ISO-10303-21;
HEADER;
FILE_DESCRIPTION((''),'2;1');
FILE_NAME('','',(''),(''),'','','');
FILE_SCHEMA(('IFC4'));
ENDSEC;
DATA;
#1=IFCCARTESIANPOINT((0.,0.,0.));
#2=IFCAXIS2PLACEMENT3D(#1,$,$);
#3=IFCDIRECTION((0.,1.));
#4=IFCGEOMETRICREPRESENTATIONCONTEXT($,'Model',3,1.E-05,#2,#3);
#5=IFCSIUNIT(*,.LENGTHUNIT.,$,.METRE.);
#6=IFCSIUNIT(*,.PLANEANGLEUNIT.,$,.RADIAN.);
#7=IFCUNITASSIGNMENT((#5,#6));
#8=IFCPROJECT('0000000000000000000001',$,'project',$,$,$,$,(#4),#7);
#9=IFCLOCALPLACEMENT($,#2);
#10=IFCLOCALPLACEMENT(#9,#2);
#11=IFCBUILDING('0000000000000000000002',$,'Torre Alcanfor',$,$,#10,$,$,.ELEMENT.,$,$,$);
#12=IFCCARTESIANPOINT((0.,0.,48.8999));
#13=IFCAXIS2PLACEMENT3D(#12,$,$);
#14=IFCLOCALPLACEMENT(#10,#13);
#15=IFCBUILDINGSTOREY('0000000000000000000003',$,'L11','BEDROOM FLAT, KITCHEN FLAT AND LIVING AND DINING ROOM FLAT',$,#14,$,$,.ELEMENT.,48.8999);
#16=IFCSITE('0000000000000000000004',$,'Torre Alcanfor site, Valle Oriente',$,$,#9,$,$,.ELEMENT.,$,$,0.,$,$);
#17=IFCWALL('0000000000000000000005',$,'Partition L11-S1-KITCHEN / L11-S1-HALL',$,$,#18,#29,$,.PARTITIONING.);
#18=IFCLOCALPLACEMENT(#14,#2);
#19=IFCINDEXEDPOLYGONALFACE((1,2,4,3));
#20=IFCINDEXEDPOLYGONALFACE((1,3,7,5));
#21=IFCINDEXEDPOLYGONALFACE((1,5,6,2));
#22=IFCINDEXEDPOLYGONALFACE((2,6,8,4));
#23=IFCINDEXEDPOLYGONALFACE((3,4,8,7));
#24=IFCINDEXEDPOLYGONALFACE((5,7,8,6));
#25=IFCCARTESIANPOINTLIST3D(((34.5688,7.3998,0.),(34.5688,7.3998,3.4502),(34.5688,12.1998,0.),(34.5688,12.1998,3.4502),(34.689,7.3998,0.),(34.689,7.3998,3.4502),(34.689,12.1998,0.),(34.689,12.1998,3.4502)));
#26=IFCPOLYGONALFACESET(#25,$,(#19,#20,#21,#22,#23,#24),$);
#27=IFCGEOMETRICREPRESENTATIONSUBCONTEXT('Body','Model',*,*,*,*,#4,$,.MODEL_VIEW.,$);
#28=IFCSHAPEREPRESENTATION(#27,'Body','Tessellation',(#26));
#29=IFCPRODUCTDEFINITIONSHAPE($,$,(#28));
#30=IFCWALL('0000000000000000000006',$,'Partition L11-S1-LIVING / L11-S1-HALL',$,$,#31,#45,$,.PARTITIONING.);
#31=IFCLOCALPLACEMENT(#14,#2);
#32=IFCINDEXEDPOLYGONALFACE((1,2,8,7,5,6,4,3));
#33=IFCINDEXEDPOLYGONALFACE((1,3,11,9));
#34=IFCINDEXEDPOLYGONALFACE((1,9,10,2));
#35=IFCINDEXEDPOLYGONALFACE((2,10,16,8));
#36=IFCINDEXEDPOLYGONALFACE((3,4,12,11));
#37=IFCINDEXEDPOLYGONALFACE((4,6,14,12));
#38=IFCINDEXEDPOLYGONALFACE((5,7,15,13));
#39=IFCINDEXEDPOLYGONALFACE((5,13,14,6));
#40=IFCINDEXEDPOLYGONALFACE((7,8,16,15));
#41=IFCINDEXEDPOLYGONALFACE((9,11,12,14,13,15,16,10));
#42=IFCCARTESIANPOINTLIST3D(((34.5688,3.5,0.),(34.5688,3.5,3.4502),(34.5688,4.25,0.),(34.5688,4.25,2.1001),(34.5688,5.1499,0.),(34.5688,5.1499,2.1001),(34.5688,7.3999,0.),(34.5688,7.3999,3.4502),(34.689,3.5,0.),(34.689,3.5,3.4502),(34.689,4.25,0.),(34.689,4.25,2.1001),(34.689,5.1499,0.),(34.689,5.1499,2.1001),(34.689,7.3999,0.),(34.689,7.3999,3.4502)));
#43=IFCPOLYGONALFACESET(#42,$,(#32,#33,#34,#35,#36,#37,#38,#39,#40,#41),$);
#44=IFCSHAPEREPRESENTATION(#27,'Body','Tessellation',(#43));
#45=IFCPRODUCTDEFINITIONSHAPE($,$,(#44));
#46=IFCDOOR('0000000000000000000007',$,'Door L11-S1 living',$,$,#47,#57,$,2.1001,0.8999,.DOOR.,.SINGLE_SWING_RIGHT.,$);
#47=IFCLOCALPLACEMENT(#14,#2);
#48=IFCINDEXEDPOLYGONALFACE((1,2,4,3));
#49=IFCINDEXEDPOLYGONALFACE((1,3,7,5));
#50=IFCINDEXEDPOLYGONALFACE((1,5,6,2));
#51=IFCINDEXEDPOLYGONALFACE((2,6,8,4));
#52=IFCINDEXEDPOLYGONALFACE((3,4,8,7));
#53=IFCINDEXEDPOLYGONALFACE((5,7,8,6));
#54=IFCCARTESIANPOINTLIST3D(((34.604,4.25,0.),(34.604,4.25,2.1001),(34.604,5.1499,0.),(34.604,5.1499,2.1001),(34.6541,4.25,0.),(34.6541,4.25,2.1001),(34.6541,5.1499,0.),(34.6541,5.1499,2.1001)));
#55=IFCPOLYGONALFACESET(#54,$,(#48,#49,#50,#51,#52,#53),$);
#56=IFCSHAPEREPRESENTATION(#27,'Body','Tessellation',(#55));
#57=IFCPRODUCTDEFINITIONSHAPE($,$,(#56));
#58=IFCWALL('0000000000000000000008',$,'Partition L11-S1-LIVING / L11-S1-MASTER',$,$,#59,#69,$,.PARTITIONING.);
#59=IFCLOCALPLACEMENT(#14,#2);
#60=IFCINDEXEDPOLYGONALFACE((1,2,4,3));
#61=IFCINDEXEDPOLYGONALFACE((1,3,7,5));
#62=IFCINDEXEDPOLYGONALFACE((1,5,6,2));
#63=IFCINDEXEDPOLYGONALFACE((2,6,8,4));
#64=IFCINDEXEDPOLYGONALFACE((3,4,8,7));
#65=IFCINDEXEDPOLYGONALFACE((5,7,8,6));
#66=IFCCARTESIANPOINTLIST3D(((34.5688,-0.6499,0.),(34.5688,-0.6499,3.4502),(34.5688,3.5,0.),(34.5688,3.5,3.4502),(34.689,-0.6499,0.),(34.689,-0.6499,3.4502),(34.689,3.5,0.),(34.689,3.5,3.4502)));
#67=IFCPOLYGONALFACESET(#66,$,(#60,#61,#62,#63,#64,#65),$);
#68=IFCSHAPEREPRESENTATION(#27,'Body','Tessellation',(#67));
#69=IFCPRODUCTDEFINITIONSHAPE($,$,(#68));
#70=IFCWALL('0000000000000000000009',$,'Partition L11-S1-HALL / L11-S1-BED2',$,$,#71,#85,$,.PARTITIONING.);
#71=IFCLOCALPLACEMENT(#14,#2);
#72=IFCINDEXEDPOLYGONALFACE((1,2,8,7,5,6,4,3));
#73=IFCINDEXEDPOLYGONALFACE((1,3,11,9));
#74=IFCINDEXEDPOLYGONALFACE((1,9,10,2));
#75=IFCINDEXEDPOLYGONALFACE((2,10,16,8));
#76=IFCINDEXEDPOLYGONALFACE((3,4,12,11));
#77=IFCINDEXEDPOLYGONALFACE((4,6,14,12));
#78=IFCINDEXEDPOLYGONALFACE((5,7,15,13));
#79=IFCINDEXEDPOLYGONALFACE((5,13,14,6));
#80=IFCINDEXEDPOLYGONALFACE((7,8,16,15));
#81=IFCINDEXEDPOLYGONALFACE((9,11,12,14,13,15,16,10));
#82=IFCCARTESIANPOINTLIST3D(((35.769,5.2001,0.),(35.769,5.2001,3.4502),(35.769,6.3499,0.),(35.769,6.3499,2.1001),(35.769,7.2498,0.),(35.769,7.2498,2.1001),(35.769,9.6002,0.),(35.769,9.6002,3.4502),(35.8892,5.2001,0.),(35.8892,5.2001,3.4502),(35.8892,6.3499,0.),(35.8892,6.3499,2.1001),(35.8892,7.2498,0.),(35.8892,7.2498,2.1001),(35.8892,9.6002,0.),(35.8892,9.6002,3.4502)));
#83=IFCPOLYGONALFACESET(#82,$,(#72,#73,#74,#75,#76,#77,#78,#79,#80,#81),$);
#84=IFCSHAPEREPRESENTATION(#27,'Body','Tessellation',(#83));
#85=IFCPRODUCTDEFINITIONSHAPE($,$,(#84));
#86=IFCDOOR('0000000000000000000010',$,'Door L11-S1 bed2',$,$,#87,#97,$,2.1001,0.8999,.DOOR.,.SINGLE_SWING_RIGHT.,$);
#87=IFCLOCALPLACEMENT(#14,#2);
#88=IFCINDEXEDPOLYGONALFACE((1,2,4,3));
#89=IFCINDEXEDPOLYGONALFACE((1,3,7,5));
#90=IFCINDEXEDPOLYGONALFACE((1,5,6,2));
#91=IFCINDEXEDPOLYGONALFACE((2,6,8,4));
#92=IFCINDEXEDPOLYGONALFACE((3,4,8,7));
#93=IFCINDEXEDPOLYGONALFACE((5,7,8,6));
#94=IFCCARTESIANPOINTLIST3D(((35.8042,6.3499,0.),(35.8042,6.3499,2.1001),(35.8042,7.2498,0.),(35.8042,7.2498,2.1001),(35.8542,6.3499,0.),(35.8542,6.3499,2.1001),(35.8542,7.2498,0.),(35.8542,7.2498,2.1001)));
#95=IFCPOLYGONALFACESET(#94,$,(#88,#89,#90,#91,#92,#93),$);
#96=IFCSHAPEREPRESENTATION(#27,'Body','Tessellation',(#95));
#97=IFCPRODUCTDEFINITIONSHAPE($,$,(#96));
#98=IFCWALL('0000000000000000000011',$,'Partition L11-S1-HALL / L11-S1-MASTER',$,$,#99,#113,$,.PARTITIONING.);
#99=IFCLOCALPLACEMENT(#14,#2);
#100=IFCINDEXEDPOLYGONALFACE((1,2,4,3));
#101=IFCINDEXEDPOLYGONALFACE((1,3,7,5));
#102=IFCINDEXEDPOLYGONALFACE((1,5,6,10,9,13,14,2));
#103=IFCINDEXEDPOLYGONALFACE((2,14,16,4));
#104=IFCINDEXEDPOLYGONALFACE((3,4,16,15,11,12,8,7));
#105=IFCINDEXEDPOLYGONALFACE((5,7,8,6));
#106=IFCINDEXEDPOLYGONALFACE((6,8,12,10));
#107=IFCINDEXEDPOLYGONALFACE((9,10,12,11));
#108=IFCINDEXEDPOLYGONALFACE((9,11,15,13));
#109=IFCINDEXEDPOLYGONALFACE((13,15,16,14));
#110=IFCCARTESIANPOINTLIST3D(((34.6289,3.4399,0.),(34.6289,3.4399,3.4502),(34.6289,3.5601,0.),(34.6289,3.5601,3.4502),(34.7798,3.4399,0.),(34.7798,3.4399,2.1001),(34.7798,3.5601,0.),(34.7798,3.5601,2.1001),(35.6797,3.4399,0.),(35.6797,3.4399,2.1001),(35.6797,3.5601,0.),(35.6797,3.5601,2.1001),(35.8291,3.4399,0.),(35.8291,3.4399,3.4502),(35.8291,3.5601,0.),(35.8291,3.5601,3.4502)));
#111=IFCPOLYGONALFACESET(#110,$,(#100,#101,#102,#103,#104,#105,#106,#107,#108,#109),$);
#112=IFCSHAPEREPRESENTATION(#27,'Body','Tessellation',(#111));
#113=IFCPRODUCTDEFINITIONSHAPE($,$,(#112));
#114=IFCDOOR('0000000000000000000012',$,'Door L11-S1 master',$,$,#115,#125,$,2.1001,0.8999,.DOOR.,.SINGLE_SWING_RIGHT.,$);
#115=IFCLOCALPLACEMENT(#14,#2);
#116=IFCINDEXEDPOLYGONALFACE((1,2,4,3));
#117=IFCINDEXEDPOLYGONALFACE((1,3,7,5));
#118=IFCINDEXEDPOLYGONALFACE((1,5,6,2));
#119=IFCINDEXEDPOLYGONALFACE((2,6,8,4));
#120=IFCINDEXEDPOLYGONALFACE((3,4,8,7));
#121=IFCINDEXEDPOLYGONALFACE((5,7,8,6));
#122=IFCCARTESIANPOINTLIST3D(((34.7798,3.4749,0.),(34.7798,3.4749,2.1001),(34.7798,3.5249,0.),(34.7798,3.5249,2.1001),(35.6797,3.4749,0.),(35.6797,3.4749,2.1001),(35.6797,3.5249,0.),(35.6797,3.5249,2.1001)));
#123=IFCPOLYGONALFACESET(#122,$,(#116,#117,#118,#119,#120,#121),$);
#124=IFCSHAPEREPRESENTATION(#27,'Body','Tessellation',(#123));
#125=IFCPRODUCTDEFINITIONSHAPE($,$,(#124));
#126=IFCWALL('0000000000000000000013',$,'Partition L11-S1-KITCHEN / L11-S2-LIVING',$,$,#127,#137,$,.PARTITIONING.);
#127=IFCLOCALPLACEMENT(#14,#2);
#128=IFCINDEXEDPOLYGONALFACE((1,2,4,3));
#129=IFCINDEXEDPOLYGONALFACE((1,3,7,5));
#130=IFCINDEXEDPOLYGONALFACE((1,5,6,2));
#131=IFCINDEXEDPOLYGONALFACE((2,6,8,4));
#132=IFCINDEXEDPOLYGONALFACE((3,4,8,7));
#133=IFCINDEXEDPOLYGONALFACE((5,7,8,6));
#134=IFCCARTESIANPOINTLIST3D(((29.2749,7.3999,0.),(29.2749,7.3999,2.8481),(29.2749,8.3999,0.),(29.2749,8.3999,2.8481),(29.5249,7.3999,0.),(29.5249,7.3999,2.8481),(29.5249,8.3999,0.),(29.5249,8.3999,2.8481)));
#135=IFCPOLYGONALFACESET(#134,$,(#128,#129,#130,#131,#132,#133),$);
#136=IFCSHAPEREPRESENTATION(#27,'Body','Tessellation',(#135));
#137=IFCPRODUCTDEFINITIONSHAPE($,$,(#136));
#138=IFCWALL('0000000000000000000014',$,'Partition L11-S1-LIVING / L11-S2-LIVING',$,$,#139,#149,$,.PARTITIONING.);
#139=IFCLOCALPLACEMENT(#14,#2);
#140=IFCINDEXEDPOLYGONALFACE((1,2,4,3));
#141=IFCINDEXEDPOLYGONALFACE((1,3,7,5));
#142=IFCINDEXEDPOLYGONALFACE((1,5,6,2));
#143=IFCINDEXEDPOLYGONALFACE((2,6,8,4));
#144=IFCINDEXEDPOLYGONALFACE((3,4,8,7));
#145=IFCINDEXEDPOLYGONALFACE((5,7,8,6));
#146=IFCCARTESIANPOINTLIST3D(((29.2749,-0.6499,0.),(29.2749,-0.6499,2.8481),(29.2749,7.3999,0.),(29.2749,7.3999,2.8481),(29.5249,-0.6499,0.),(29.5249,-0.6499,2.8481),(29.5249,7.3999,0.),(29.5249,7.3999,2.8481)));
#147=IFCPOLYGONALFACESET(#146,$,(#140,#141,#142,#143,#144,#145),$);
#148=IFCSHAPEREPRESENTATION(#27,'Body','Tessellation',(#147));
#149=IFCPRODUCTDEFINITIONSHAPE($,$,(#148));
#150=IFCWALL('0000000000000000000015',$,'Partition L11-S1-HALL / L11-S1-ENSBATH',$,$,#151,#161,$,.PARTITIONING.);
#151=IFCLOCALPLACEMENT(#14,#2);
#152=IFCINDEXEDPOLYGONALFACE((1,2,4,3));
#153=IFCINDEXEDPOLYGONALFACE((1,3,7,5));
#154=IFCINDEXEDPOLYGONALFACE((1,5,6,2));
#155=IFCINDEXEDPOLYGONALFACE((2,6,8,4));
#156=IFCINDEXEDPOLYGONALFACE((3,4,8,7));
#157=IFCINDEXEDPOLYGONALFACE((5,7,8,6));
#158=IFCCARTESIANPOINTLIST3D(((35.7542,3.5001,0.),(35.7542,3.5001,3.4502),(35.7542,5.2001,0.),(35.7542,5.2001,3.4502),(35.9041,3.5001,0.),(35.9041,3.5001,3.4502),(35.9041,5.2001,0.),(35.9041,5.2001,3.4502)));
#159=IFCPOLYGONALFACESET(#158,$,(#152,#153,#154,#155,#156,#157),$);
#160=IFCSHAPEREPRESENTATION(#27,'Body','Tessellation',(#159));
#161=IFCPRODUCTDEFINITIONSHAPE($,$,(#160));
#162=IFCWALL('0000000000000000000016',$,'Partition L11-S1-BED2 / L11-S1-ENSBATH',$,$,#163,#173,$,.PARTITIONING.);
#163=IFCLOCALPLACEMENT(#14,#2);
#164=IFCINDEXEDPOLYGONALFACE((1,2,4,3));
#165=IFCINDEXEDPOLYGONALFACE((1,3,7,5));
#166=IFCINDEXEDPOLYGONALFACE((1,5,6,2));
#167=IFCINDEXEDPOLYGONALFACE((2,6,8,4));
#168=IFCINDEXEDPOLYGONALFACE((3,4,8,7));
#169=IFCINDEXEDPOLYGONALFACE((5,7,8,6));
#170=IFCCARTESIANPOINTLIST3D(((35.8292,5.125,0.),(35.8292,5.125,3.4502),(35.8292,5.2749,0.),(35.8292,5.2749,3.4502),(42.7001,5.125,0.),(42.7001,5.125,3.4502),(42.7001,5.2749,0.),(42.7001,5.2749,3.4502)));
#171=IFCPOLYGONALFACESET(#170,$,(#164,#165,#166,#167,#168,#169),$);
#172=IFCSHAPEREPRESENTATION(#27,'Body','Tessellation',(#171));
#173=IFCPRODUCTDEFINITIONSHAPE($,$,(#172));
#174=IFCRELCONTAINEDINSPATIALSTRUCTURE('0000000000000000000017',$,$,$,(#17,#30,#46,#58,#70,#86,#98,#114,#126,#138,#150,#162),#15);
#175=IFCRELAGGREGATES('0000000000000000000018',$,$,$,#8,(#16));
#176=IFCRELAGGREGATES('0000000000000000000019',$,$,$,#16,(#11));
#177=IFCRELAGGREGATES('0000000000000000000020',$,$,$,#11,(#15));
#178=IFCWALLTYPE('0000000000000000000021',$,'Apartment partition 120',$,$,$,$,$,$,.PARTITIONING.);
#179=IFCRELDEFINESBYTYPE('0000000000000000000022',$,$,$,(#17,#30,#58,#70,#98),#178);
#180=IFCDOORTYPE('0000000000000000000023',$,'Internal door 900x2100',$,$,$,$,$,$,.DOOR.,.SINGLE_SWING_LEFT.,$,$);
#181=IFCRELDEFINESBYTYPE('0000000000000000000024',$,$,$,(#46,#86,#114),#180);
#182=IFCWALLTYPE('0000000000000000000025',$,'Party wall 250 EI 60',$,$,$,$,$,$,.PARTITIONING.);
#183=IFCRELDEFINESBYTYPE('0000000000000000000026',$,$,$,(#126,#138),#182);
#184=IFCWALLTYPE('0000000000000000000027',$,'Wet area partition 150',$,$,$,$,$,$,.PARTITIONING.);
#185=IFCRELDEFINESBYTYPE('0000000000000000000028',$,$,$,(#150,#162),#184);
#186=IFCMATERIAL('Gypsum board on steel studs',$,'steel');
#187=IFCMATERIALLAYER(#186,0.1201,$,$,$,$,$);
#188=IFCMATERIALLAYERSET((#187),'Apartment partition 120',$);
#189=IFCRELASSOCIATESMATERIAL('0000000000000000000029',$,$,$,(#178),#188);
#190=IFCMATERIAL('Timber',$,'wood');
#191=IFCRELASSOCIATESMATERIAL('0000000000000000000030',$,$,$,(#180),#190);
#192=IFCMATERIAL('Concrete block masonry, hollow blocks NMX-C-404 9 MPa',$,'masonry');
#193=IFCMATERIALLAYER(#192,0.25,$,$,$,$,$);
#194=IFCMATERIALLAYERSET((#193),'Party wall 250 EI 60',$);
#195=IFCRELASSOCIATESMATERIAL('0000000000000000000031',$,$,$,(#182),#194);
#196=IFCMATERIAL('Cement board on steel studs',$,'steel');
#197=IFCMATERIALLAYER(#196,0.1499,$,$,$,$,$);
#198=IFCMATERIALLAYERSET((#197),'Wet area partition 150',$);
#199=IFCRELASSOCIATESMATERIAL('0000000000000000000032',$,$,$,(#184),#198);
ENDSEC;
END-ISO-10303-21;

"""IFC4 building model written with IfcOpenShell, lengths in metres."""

from ifc_helpers import new_model, si_unit, direction, frame, frame_2d, origin, place, context, subcontext, project, spatial, rectangle, extrude, material, layer, layer_set, type_object, element, fill, save


model = new_model("IFC4")

# Units and contexts
model_context = context("Model", 3, precision=1e-05, world=origin(), true_north=direction((0.0, 1.0)))
body_context = subcontext(model_context, "Body", "Model", "MODEL_VIEW")
ifc_project = project(units=[si_unit("LENGTHUNIT", "METRE"), si_unit("PLANEANGLEUNIT", "RADIAN")], contexts=[model_context])

# Site, building, storey
site_placement = place(None, origin())
site = spatial("IfcSite", under=ifc_project, at=site_placement, Name="Torre Alcanfor site, Valle Oriente", CompositionType="ELEMENT", RefElevation=0.0)
building_placement = place(site_placement, origin())
building = spatial("IfcBuilding", under=site, at=building_placement, Name="Torre Alcanfor", CompositionType="ELEMENT")
storey_placement = place(building_placement, frame((0.0, 0.0, 48.8999)))
storey = spatial("IfcBuildingStorey", under=building, at=storey_placement, Name="L11", Description="BEDROOM FLAT, KITCHEN FLAT AND LIVING AND DINING ROOM FLAT", CompositionType="ELEMENT", Elevation=48.8999)

# Wall
ifc_material_1 = material(Name="Gypsum board on steel studs", Category="steel")
ifc_layer_1 = layer(ifc_material_1, 0.1201)
ifc_layer_set_1 = layer_set([ifc_layer_1], Name="Apartment partition 120")
wall_type_1 = type_object("IfcWallType", Name="Apartment partition 120", PredefinedType="PARTITIONING", material=ifc_layer_set_1)
wall_1_placement = place(storey_placement, frame((34.6289, 7.3999, 0.0), z_axis=(0.0, 0.0, 1.0), x_axis=(0.0, 1.0, 0.0)))
element("IfcWall", 1, at=wall_1_placement, inside=storey, type_object=wall_type_1, Name="Partition L11-S1-KITCHEN / L11-S1-HALL", PredefinedType="PARTITIONING", context=body_context, shape_type="SweptSolid", body=[
    extrude(rectangle(XDim=4.8, YDim=0.1201, at=frame_2d((2.3999, 0.0))), origin(), (0.0, 0.0, 1.0), 3.4502),
])

# Wall, opening, door
wall_2_placement = place(storey_placement, frame((34.6289, 3.5, 0.0), z_axis=(0.0, 0.0, 1.0), x_axis=(0.0, 1.0, 0.0)))
wall_2 = element("IfcWall", 2, at=wall_2_placement, inside=storey, type_object=wall_type_1, Name="Partition L11-S1-LIVING / L11-S1-HALL", PredefinedType="PARTITIONING", context=body_context, shape_type="SweptSolid", body=[
    extrude(rectangle(XDim=3.8999, YDim=0.1201, at=frame_2d((1.95, 0.0))), origin(), (0.0, 0.0, 1.0), 3.4502),
])
opening_1_placement = place(wall_2_placement, frame((0.75, 0.0, 0.0)))
opening_1 = element("IfcOpeningElement", 3, at=opening_1_placement, cuts=wall_2, PredefinedType="OPENING", context=body_context, shape_type="SweptSolid", body=[
    extrude(rectangle(XDim=0.8999, YDim=2.1001, at=frame_2d((0.45, 1.05))), frame((0.0, 0.0701, 0.0), z_axis=(0.0, -1.0, 0.0), x_axis=(1.0, 0.0, 0.0)), (0.0, 0.0, 1.0), 0.1401),
])
ifc_material_2 = material(Name="Timber", Category="wood")
door_type_1 = type_object("IfcDoorType", Name="Internal door 900x2100", OperationType="SINGLE_SWING_LEFT", PredefinedType="DOOR", material=ifc_material_2)
door_1_placement = place(opening_1_placement, origin())
door_1 = element("IfcDoor", 4, at=door_1_placement, inside=storey, type_object=door_type_1, Name="Door L11-S1 living", OperationType="SINGLE_SWING_RIGHT", OverallHeight=2.1001, OverallWidth=0.8999, PredefinedType="DOOR", context=body_context, shape_type="SweptSolid", body=[
    extrude(rectangle(XDim=0.8999, YDim=2.1001, at=frame_2d((0.45, 1.05))), frame((0.0, 0.0249, 0.0), z_axis=(0.0, -1.0, 0.0), x_axis=(1.0, 0.0, 0.0)), (0.0, 0.0, 1.0), 0.05),
])
fill(opening_1, door_1)

# Wall
wall_3_placement = place(storey_placement, frame((34.6289, -0.6499, 0.0), z_axis=(0.0, 0.0, 1.0), x_axis=(0.0, 1.0, 0.0)))
element("IfcWall", 5, at=wall_3_placement, inside=storey, type_object=wall_type_1, Name="Partition L11-S1-LIVING / L11-S1-MASTER", PredefinedType="PARTITIONING", context=body_context, shape_type="SweptSolid", body=[
    extrude(rectangle(XDim=4.1499, YDim=0.1201, at=frame_2d((2.075, 0.0))), origin(), (0.0, 0.0, 1.0), 3.4502),
])

# Walls, openings, doors
wall_4_placement = place(storey_placement, frame((35.8291, 5.2, 0.0), z_axis=(0.0, 0.0, 1.0), x_axis=(0.0, 1.0, 0.0)))
wall_4 = element("IfcWall", 6, at=wall_4_placement, inside=storey, type_object=wall_type_1, Name="Partition L11-S1-HALL / L11-S1-BED2", PredefinedType="PARTITIONING", context=body_context, shape_type="SweptSolid", body=[
    extrude(rectangle(XDim=4.4001, YDim=0.1201, at=frame_2d((2.2002, 0.0))), origin(), (0.0, 0.0, 1.0), 3.4502),
])
opening_2_placement = place(wall_4_placement, frame((1.1499, 0.0, 0.0)))
opening_2 = element("IfcOpeningElement", 7, at=opening_2_placement, cuts=wall_4, PredefinedType="OPENING", context=body_context, shape_type="SweptSolid", body=[
    extrude(rectangle(XDim=0.8999, YDim=2.1001, at=frame_2d((0.45, 1.05))), frame((0.0, 0.0701, 0.0), z_axis=(0.0, -1.0, 0.0), x_axis=(1.0, 0.0, 0.0)), (0.0, 0.0, 1.0), 0.1401),
])
door_2_placement = place(opening_2_placement, frame((0.8999, 0.0, 0.0), z_axis=(0.0, 0.0, 1.0), x_axis=(-1.0, 0.0, 0.0)))
door_2 = element("IfcDoor", 8, at=door_2_placement, inside=storey, type_object=door_type_1, Name="Door L11-S1 bed2", OperationType="SINGLE_SWING_RIGHT", OverallHeight=2.1001, OverallWidth=0.8999, PredefinedType="DOOR", context=body_context, shape_type="SweptSolid", body=[
    extrude(rectangle(XDim=0.8999, YDim=2.1001, at=frame_2d((0.45, 1.05))), frame((0.0, 0.0251, 0.0), z_axis=(0.0, -1.0, 0.0), x_axis=(1.0, 0.0, 0.0)), (0.0, 0.0, 1.0), 0.05),
])
fill(opening_2, door_2)
wall_5_placement = place(storey_placement, frame((34.6289, 3.5, 0.0), z_axis=(0.0, 0.0, 1.0), x_axis=(1.0, 0.0, 0.0)))
wall_5 = element("IfcWall", 9, at=wall_5_placement, inside=storey, type_object=wall_type_1, Name="Partition L11-S1-HALL / L11-S1-MASTER", PredefinedType="PARTITIONING", context=body_context, shape_type="SweptSolid", body=[
    extrude(rectangle(XDim=1.2002, YDim=0.1201, at=frame_2d((0.6001, 0.0))), origin(), (0.0, 0.0, 1.0), 3.4502),
])
opening_3_placement = place(wall_5_placement, frame((0.1509, 0.0, 0.0)))
opening_3 = element("IfcOpeningElement", 10, at=opening_3_placement, cuts=wall_5, PredefinedType="OPENING", context=body_context, shape_type="SweptSolid", body=[
    extrude(rectangle(XDim=0.8999, YDim=2.1001, at=frame_2d((0.45, 1.05))), frame((0.0, 0.0701, 0.0), z_axis=(0.0, -1.0, 0.0), x_axis=(1.0, 0.0, 0.0)), (0.0, 0.0, 1.0), 0.1401),
])
door_3_placement = place(opening_3_placement, frame((0.8999, 0.0, 0.0), z_axis=(0.0, 0.0, 1.0), x_axis=(-1.0, 0.0, 0.0)))
door_3 = element("IfcDoor", 11, at=door_3_placement, inside=storey, type_object=door_type_1, Name="Door L11-S1 master", OperationType="SINGLE_SWING_RIGHT", OverallHeight=2.1001, OverallWidth=0.8999, PredefinedType="DOOR", context=body_context, shape_type="SweptSolid", body=[
    extrude(rectangle(XDim=0.8999, YDim=2.1001, at=frame_2d((0.45, 1.05))), frame((0.0, 0.0251, 0.0), z_axis=(0.0, -1.0, 0.0), x_axis=(1.0, 0.0, 0.0)), (0.0, 0.0, 1.0), 0.05),
])
fill(opening_3, door_3)

# Walls
ifc_material_3 = material(Name="Concrete block masonry, hollow blocks NMX-C-404 9 MPa", Category="masonry")
ifc_layer_2 = layer(ifc_material_3, 0.25)
ifc_layer_set_2 = layer_set([ifc_layer_2], Name="Party wall 250 EI 60")
wall_type_2 = type_object("IfcWallType", Name="Party wall 250 EI 60", PredefinedType="PARTITIONING", material=ifc_layer_set_2)
wall_6_placement = place(storey_placement, frame((29.3999, 8.3999, 0.0), z_axis=(0.0, 0.0, 1.0), x_axis=(0.0, -1.0, 0.0)))
element("IfcWall", 12, at=wall_6_placement, inside=storey, type_object=wall_type_2, Name="Partition L11-S1-KITCHEN / L11-S2-LIVING", PredefinedType="PARTITIONING", context=body_context, shape_type="SweptSolid", body=[
    extrude(rectangle(XDim=1.0, YDim=0.25, at=frame_2d((0.5, 0.0))), origin(), (0.0, 0.0, 1.0), 2.8481),
])
wall_7_placement = place(storey_placement, frame((29.3999, 7.3999, 0.0), z_axis=(0.0, 0.0, 1.0), x_axis=(0.0, -1.0, 0.0)))
element("IfcWall", 13, at=wall_7_placement, inside=storey, type_object=wall_type_2, Name="Partition L11-S1-LIVING / L11-S2-LIVING", PredefinedType="PARTITIONING", context=body_context, shape_type="SweptSolid", body=[
    extrude(rectangle(XDim=8.0498, YDim=0.25, at=frame_2d((4.0249, 0.0))), origin(), (0.0, 0.0, 1.0), 2.8481),
])
ifc_material_4 = material(Name="Cement board on steel studs", Category="steel")
ifc_layer_3 = layer(ifc_material_4, 0.1499)
ifc_layer_set_3 = layer_set([ifc_layer_3], Name="Wet area partition 150")
wall_type_3 = type_object("IfcWallType", Name="Wet area partition 150", PredefinedType="PARTITIONING", material=ifc_layer_set_3)
wall_8_placement = place(storey_placement, frame((35.8291, 3.5, 0.0), z_axis=(0.0, 0.0, 1.0), x_axis=(0.0, 1.0, 0.0)))
element("IfcWall", 14, at=wall_8_placement, inside=storey, type_object=wall_type_3, Name="Partition L11-S1-HALL / L11-S1-ENSBATH", PredefinedType="PARTITIONING", context=body_context, shape_type="SweptSolid", body=[
    extrude(rectangle(XDim=1.7, YDim=0.1499, at=frame_2d((0.8501, 0.0))), origin(), (0.0, 0.0, 1.0), 3.4502),
])
wall_9_placement = place(storey_placement, frame((35.8291, 5.2, 0.0), z_axis=(0.0, 0.0, 1.0), x_axis=(1.0, 0.0, 0.0)))
element("IfcWall", 15, at=wall_9_placement, inside=storey, type_object=wall_type_3, Name="Partition L11-S1-BED2 / L11-S1-ENSBATH", PredefinedType="PARTITIONING", context=body_context, shape_type="SweptSolid", body=[
    extrude(rectangle(XDim=6.8708, YDim=0.1499, at=frame_2d((3.4355, 0.0))), origin(), (0.0, 0.0, 1.0), 3.4502),
])

save(model, "model.ifc")
